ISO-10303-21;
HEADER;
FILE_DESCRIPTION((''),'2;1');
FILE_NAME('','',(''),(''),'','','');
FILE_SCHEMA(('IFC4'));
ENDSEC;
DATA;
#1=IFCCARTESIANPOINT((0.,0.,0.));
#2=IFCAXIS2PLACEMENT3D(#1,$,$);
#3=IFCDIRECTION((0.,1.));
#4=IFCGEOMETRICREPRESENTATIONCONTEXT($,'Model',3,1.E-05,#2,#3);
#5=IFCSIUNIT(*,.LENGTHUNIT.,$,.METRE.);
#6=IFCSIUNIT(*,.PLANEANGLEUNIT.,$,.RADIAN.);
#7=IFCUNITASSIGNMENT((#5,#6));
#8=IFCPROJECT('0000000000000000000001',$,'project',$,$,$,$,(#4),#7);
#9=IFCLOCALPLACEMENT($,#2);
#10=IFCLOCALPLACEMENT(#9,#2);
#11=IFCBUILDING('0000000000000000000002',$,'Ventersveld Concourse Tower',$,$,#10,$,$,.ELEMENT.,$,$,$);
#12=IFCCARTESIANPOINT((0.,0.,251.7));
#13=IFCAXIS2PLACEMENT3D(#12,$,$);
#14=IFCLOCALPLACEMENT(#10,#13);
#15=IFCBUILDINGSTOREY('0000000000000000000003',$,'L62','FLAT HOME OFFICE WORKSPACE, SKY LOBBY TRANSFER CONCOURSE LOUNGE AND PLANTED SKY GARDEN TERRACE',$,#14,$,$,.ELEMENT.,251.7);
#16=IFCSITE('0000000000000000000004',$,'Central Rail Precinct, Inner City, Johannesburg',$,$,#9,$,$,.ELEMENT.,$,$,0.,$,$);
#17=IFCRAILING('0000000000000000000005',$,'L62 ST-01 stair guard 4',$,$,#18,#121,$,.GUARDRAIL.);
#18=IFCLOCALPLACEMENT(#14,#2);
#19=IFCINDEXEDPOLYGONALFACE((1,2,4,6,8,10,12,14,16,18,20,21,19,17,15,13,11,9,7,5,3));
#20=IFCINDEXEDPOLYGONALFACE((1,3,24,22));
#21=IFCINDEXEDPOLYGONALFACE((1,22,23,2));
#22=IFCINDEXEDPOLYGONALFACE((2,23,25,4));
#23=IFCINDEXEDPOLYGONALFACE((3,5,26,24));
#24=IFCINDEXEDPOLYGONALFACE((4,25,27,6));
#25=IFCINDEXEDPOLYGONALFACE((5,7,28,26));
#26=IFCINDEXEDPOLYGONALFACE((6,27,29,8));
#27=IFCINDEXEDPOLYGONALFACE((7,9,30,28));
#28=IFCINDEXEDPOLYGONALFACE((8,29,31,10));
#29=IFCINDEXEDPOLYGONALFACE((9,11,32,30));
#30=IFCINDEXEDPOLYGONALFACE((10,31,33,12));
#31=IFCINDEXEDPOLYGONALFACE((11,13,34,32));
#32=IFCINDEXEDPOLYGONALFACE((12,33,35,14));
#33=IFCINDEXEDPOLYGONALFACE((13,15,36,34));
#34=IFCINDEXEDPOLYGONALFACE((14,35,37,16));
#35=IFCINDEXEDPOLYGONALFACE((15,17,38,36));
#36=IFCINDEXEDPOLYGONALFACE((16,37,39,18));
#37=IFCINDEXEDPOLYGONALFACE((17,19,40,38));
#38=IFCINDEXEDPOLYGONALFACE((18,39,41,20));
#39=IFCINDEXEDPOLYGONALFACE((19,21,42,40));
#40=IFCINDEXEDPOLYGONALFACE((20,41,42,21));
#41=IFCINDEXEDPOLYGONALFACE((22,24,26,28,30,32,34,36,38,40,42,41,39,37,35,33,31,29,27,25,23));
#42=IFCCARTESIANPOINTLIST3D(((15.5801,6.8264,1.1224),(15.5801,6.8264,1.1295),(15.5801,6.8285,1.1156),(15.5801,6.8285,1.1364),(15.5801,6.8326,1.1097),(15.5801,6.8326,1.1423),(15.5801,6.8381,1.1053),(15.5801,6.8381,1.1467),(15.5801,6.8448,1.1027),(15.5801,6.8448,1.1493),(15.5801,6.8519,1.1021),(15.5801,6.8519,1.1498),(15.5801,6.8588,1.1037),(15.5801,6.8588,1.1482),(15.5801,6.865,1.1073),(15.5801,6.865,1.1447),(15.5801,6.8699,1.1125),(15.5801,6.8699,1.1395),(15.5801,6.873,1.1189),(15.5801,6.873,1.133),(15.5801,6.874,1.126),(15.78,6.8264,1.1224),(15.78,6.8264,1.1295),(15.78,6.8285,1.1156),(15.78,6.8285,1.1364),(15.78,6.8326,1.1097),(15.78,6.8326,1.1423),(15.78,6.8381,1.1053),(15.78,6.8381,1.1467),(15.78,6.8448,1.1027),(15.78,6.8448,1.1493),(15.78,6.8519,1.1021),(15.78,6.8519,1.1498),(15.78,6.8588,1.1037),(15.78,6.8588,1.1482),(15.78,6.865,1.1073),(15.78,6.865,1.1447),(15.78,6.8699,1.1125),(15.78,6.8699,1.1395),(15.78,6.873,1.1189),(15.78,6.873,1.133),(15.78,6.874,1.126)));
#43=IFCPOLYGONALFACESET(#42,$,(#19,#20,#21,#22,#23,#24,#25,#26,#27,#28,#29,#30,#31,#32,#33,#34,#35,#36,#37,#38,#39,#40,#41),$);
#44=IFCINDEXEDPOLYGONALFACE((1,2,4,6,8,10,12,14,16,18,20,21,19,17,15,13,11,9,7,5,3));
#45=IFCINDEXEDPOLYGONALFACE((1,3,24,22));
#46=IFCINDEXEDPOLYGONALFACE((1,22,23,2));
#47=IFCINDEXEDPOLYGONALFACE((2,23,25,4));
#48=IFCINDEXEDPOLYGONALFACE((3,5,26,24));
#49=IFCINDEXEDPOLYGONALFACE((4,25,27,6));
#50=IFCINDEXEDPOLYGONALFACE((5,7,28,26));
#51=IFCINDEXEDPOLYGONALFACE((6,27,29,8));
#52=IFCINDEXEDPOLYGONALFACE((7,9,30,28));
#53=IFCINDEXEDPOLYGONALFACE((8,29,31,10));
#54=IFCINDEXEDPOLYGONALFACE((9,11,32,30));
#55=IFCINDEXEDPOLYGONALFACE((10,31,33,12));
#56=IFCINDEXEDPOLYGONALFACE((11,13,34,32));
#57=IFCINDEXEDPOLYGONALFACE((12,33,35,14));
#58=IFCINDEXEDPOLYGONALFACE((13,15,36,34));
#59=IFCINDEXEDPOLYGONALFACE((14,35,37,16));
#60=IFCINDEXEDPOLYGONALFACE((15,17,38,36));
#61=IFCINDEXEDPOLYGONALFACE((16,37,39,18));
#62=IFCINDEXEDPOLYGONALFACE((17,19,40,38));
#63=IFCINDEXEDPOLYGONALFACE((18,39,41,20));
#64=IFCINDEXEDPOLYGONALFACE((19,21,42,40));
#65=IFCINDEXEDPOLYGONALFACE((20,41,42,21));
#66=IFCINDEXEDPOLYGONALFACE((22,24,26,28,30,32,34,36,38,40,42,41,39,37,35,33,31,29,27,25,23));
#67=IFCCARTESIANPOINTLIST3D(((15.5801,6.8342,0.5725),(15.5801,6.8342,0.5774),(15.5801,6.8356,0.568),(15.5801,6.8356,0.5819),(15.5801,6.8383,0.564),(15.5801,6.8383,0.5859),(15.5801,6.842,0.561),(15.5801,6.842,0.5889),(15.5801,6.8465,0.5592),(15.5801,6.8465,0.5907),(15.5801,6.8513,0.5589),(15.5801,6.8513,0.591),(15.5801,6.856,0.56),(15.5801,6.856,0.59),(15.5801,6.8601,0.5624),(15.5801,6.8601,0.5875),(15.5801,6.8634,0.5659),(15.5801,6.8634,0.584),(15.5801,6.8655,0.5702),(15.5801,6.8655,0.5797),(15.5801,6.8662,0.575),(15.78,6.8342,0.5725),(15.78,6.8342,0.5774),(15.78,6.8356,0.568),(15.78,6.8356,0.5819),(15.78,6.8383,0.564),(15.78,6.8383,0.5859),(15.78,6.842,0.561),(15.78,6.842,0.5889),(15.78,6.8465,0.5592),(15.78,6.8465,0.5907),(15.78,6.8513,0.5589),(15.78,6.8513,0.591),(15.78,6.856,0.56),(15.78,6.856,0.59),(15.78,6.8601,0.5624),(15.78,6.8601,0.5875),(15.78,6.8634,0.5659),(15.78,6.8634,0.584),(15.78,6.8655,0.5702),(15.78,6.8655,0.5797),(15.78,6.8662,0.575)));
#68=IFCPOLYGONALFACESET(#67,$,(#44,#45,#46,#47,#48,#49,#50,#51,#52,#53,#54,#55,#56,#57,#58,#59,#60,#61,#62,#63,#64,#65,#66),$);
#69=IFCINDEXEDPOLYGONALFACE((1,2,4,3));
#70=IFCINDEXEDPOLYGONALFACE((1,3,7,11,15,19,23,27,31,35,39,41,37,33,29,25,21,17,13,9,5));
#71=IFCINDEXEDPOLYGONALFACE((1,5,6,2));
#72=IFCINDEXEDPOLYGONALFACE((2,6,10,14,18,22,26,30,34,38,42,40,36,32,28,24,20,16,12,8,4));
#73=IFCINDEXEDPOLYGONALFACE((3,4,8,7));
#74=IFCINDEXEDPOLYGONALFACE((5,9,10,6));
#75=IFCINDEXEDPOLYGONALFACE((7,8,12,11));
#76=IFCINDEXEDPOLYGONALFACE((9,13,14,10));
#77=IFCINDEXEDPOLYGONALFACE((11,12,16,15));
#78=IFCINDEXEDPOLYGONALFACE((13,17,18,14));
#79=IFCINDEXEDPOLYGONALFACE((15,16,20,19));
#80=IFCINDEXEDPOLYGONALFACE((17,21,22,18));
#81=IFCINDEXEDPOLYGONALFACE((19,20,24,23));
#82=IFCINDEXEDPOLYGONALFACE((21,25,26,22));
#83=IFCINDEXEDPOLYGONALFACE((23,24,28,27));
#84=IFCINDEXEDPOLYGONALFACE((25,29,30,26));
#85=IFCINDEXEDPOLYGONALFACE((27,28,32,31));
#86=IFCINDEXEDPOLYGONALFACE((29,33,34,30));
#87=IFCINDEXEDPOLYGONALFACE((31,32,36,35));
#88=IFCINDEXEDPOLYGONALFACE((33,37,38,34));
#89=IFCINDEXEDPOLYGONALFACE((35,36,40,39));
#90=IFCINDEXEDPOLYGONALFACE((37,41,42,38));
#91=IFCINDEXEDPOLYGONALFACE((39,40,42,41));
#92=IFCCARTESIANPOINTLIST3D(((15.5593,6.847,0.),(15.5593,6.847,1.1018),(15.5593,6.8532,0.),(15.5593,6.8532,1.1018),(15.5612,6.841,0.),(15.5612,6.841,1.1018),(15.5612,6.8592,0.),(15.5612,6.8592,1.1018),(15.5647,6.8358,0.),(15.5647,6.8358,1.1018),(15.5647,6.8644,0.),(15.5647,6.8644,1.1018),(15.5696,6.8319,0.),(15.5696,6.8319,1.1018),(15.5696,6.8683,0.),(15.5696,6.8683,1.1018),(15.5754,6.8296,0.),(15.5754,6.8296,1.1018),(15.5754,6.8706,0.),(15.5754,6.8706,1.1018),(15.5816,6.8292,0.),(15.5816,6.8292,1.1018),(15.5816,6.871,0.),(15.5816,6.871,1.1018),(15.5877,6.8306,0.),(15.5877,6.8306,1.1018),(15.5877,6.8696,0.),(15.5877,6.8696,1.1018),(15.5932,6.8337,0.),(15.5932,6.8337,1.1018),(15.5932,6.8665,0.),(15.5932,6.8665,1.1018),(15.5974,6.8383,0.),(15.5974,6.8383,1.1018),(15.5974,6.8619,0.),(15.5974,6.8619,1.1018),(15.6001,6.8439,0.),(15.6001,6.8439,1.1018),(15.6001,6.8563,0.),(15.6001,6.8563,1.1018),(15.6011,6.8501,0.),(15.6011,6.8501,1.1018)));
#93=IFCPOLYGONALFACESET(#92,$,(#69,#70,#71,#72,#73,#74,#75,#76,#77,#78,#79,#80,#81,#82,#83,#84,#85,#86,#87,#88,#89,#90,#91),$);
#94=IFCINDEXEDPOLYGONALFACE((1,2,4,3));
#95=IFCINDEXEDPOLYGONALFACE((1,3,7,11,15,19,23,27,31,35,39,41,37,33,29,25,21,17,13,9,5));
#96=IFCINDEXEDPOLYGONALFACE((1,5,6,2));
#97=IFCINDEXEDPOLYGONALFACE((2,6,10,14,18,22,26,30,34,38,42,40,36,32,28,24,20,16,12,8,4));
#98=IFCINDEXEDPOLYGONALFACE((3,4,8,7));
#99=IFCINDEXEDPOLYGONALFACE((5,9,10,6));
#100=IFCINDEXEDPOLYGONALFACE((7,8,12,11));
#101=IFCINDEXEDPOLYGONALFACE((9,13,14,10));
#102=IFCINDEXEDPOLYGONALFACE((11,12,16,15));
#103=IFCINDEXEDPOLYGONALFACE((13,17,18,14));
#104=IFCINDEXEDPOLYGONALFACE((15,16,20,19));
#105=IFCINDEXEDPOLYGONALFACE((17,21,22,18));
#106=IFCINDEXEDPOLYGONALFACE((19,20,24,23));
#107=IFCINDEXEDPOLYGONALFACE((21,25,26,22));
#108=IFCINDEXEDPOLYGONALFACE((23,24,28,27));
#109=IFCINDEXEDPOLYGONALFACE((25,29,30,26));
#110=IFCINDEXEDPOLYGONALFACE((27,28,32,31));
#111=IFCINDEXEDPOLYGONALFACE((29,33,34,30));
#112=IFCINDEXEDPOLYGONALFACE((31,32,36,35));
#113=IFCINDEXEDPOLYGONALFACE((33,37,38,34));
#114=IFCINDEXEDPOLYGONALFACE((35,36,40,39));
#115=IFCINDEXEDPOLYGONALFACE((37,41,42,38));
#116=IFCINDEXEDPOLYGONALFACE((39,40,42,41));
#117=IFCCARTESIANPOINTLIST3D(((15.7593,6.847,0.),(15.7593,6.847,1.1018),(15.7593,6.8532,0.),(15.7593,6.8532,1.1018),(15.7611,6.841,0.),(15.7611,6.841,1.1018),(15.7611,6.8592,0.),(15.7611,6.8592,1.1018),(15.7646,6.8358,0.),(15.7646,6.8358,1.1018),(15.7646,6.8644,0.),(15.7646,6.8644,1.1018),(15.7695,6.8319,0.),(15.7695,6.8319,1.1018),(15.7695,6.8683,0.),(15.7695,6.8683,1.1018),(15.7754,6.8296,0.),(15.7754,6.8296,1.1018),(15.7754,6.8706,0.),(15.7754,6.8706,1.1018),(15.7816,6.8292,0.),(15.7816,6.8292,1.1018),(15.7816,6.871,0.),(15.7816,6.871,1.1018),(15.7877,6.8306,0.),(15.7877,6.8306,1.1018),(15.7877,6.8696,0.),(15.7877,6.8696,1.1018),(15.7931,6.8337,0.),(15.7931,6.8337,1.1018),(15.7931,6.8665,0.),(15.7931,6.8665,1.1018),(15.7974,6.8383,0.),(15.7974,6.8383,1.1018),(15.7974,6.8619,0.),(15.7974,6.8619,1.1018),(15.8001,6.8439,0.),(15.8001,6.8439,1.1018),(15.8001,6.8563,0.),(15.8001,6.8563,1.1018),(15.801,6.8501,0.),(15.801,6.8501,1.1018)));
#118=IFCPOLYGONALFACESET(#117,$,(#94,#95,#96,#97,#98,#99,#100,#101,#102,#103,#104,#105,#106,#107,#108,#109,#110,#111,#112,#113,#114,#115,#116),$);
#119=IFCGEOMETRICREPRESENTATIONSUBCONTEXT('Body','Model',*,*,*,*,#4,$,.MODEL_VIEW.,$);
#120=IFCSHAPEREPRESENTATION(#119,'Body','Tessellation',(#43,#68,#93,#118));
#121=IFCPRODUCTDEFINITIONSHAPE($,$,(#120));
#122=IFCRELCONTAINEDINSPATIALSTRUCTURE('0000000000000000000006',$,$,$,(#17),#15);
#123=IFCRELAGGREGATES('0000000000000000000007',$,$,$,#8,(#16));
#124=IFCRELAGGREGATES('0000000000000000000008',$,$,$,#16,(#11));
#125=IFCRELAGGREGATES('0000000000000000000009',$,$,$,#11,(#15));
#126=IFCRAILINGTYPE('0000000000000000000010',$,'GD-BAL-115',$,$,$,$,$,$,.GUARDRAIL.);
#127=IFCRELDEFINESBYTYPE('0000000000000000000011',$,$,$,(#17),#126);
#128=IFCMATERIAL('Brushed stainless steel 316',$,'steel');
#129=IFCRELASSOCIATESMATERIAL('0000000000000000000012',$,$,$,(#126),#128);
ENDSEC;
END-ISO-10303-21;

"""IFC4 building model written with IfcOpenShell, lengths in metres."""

from ifc_helpers import new_model, si_unit, direction, frame, origin, origin_2d, place, context, subcontext, project, spatial, circle, extrude, material, type_object, element, save


model = new_model("IFC4")

# Units and contexts
model_context = context("Model", 3, precision=1e-05, world=origin(), true_north=direction((0.0, 1.0)))
body_context = subcontext(model_context, "Body", "Model", "MODEL_VIEW")
ifc_project = project(units=[si_unit("LENGTHUNIT", "METRE"), si_unit("PLANEANGLEUNIT", "RADIAN")], contexts=[model_context])

# Site, building, storey
site_placement = place(None, origin())
site = spatial("IfcSite", under=ifc_project, at=site_placement, Name="Central Rail Precinct, Inner City, Johannesburg", CompositionType="ELEMENT", RefElevation=0.0)
building_placement = place(site_placement, origin())
building = spatial("IfcBuilding", under=site, at=building_placement, Name="Ventersveld Concourse Tower", CompositionType="ELEMENT")
storey_placement = place(building_placement, frame((0.0, 0.0, 251.7)))
storey = spatial("IfcBuildingStorey", under=building, at=storey_placement, Name="L62", Description="FLAT HOME OFFICE WORKSPACE, SKY LOBBY TRANSFER CONCOURSE LOUNGE AND PLANTED SKY GARDEN TERRACE", CompositionType="ELEMENT", Elevation=251.7)

# Railing
ifc_material_1 = material(Name="Brushed stainless steel 316", Category="steel")
railing_type_1 = type_object("IfcRailingType", Name="GD-BAL-115", PredefinedType="GUARDRAIL", material=ifc_material_1)
railing_1_placement = place(storey_placement, frame((15.5801, 6.8501, 0.0)))
element("IfcRailing", 1, at=railing_1_placement, inside=storey, type_object=railing_type_1, Name="L62 ST-01 stair guard 4", PredefinedType="GUARDRAIL", context=body_context, shape_type="SweptSolid", body=[
    extrude(circle(Radius=0.0239, at=origin_2d()), frame((0.0, 0.0, 1.126), z_axis=(1.0, 0.0, 0.0), x_axis=(0.0, 1.0, 0.0)), (0.0, 0.0, 1.0), 0.2),
    extrude(circle(Radius=0.0161, at=origin_2d()), frame((0.0, 0.0, 0.575), z_axis=(1.0, 0.0, 0.0), x_axis=(0.0, 1.0, 0.0)), (0.0, 0.0, 1.0), 0.2),
    extrude(circle(Radius=0.021, at=origin_2d()), origin(), (0.0, 0.0, 1.0), 1.1018),
    extrude(circle(Radius=0.021, at=origin_2d()), frame((0.2, 0.0, 0.0)), (0.0, 0.0, 1.0), 1.1018),
])

save(model, "model.ifc")
